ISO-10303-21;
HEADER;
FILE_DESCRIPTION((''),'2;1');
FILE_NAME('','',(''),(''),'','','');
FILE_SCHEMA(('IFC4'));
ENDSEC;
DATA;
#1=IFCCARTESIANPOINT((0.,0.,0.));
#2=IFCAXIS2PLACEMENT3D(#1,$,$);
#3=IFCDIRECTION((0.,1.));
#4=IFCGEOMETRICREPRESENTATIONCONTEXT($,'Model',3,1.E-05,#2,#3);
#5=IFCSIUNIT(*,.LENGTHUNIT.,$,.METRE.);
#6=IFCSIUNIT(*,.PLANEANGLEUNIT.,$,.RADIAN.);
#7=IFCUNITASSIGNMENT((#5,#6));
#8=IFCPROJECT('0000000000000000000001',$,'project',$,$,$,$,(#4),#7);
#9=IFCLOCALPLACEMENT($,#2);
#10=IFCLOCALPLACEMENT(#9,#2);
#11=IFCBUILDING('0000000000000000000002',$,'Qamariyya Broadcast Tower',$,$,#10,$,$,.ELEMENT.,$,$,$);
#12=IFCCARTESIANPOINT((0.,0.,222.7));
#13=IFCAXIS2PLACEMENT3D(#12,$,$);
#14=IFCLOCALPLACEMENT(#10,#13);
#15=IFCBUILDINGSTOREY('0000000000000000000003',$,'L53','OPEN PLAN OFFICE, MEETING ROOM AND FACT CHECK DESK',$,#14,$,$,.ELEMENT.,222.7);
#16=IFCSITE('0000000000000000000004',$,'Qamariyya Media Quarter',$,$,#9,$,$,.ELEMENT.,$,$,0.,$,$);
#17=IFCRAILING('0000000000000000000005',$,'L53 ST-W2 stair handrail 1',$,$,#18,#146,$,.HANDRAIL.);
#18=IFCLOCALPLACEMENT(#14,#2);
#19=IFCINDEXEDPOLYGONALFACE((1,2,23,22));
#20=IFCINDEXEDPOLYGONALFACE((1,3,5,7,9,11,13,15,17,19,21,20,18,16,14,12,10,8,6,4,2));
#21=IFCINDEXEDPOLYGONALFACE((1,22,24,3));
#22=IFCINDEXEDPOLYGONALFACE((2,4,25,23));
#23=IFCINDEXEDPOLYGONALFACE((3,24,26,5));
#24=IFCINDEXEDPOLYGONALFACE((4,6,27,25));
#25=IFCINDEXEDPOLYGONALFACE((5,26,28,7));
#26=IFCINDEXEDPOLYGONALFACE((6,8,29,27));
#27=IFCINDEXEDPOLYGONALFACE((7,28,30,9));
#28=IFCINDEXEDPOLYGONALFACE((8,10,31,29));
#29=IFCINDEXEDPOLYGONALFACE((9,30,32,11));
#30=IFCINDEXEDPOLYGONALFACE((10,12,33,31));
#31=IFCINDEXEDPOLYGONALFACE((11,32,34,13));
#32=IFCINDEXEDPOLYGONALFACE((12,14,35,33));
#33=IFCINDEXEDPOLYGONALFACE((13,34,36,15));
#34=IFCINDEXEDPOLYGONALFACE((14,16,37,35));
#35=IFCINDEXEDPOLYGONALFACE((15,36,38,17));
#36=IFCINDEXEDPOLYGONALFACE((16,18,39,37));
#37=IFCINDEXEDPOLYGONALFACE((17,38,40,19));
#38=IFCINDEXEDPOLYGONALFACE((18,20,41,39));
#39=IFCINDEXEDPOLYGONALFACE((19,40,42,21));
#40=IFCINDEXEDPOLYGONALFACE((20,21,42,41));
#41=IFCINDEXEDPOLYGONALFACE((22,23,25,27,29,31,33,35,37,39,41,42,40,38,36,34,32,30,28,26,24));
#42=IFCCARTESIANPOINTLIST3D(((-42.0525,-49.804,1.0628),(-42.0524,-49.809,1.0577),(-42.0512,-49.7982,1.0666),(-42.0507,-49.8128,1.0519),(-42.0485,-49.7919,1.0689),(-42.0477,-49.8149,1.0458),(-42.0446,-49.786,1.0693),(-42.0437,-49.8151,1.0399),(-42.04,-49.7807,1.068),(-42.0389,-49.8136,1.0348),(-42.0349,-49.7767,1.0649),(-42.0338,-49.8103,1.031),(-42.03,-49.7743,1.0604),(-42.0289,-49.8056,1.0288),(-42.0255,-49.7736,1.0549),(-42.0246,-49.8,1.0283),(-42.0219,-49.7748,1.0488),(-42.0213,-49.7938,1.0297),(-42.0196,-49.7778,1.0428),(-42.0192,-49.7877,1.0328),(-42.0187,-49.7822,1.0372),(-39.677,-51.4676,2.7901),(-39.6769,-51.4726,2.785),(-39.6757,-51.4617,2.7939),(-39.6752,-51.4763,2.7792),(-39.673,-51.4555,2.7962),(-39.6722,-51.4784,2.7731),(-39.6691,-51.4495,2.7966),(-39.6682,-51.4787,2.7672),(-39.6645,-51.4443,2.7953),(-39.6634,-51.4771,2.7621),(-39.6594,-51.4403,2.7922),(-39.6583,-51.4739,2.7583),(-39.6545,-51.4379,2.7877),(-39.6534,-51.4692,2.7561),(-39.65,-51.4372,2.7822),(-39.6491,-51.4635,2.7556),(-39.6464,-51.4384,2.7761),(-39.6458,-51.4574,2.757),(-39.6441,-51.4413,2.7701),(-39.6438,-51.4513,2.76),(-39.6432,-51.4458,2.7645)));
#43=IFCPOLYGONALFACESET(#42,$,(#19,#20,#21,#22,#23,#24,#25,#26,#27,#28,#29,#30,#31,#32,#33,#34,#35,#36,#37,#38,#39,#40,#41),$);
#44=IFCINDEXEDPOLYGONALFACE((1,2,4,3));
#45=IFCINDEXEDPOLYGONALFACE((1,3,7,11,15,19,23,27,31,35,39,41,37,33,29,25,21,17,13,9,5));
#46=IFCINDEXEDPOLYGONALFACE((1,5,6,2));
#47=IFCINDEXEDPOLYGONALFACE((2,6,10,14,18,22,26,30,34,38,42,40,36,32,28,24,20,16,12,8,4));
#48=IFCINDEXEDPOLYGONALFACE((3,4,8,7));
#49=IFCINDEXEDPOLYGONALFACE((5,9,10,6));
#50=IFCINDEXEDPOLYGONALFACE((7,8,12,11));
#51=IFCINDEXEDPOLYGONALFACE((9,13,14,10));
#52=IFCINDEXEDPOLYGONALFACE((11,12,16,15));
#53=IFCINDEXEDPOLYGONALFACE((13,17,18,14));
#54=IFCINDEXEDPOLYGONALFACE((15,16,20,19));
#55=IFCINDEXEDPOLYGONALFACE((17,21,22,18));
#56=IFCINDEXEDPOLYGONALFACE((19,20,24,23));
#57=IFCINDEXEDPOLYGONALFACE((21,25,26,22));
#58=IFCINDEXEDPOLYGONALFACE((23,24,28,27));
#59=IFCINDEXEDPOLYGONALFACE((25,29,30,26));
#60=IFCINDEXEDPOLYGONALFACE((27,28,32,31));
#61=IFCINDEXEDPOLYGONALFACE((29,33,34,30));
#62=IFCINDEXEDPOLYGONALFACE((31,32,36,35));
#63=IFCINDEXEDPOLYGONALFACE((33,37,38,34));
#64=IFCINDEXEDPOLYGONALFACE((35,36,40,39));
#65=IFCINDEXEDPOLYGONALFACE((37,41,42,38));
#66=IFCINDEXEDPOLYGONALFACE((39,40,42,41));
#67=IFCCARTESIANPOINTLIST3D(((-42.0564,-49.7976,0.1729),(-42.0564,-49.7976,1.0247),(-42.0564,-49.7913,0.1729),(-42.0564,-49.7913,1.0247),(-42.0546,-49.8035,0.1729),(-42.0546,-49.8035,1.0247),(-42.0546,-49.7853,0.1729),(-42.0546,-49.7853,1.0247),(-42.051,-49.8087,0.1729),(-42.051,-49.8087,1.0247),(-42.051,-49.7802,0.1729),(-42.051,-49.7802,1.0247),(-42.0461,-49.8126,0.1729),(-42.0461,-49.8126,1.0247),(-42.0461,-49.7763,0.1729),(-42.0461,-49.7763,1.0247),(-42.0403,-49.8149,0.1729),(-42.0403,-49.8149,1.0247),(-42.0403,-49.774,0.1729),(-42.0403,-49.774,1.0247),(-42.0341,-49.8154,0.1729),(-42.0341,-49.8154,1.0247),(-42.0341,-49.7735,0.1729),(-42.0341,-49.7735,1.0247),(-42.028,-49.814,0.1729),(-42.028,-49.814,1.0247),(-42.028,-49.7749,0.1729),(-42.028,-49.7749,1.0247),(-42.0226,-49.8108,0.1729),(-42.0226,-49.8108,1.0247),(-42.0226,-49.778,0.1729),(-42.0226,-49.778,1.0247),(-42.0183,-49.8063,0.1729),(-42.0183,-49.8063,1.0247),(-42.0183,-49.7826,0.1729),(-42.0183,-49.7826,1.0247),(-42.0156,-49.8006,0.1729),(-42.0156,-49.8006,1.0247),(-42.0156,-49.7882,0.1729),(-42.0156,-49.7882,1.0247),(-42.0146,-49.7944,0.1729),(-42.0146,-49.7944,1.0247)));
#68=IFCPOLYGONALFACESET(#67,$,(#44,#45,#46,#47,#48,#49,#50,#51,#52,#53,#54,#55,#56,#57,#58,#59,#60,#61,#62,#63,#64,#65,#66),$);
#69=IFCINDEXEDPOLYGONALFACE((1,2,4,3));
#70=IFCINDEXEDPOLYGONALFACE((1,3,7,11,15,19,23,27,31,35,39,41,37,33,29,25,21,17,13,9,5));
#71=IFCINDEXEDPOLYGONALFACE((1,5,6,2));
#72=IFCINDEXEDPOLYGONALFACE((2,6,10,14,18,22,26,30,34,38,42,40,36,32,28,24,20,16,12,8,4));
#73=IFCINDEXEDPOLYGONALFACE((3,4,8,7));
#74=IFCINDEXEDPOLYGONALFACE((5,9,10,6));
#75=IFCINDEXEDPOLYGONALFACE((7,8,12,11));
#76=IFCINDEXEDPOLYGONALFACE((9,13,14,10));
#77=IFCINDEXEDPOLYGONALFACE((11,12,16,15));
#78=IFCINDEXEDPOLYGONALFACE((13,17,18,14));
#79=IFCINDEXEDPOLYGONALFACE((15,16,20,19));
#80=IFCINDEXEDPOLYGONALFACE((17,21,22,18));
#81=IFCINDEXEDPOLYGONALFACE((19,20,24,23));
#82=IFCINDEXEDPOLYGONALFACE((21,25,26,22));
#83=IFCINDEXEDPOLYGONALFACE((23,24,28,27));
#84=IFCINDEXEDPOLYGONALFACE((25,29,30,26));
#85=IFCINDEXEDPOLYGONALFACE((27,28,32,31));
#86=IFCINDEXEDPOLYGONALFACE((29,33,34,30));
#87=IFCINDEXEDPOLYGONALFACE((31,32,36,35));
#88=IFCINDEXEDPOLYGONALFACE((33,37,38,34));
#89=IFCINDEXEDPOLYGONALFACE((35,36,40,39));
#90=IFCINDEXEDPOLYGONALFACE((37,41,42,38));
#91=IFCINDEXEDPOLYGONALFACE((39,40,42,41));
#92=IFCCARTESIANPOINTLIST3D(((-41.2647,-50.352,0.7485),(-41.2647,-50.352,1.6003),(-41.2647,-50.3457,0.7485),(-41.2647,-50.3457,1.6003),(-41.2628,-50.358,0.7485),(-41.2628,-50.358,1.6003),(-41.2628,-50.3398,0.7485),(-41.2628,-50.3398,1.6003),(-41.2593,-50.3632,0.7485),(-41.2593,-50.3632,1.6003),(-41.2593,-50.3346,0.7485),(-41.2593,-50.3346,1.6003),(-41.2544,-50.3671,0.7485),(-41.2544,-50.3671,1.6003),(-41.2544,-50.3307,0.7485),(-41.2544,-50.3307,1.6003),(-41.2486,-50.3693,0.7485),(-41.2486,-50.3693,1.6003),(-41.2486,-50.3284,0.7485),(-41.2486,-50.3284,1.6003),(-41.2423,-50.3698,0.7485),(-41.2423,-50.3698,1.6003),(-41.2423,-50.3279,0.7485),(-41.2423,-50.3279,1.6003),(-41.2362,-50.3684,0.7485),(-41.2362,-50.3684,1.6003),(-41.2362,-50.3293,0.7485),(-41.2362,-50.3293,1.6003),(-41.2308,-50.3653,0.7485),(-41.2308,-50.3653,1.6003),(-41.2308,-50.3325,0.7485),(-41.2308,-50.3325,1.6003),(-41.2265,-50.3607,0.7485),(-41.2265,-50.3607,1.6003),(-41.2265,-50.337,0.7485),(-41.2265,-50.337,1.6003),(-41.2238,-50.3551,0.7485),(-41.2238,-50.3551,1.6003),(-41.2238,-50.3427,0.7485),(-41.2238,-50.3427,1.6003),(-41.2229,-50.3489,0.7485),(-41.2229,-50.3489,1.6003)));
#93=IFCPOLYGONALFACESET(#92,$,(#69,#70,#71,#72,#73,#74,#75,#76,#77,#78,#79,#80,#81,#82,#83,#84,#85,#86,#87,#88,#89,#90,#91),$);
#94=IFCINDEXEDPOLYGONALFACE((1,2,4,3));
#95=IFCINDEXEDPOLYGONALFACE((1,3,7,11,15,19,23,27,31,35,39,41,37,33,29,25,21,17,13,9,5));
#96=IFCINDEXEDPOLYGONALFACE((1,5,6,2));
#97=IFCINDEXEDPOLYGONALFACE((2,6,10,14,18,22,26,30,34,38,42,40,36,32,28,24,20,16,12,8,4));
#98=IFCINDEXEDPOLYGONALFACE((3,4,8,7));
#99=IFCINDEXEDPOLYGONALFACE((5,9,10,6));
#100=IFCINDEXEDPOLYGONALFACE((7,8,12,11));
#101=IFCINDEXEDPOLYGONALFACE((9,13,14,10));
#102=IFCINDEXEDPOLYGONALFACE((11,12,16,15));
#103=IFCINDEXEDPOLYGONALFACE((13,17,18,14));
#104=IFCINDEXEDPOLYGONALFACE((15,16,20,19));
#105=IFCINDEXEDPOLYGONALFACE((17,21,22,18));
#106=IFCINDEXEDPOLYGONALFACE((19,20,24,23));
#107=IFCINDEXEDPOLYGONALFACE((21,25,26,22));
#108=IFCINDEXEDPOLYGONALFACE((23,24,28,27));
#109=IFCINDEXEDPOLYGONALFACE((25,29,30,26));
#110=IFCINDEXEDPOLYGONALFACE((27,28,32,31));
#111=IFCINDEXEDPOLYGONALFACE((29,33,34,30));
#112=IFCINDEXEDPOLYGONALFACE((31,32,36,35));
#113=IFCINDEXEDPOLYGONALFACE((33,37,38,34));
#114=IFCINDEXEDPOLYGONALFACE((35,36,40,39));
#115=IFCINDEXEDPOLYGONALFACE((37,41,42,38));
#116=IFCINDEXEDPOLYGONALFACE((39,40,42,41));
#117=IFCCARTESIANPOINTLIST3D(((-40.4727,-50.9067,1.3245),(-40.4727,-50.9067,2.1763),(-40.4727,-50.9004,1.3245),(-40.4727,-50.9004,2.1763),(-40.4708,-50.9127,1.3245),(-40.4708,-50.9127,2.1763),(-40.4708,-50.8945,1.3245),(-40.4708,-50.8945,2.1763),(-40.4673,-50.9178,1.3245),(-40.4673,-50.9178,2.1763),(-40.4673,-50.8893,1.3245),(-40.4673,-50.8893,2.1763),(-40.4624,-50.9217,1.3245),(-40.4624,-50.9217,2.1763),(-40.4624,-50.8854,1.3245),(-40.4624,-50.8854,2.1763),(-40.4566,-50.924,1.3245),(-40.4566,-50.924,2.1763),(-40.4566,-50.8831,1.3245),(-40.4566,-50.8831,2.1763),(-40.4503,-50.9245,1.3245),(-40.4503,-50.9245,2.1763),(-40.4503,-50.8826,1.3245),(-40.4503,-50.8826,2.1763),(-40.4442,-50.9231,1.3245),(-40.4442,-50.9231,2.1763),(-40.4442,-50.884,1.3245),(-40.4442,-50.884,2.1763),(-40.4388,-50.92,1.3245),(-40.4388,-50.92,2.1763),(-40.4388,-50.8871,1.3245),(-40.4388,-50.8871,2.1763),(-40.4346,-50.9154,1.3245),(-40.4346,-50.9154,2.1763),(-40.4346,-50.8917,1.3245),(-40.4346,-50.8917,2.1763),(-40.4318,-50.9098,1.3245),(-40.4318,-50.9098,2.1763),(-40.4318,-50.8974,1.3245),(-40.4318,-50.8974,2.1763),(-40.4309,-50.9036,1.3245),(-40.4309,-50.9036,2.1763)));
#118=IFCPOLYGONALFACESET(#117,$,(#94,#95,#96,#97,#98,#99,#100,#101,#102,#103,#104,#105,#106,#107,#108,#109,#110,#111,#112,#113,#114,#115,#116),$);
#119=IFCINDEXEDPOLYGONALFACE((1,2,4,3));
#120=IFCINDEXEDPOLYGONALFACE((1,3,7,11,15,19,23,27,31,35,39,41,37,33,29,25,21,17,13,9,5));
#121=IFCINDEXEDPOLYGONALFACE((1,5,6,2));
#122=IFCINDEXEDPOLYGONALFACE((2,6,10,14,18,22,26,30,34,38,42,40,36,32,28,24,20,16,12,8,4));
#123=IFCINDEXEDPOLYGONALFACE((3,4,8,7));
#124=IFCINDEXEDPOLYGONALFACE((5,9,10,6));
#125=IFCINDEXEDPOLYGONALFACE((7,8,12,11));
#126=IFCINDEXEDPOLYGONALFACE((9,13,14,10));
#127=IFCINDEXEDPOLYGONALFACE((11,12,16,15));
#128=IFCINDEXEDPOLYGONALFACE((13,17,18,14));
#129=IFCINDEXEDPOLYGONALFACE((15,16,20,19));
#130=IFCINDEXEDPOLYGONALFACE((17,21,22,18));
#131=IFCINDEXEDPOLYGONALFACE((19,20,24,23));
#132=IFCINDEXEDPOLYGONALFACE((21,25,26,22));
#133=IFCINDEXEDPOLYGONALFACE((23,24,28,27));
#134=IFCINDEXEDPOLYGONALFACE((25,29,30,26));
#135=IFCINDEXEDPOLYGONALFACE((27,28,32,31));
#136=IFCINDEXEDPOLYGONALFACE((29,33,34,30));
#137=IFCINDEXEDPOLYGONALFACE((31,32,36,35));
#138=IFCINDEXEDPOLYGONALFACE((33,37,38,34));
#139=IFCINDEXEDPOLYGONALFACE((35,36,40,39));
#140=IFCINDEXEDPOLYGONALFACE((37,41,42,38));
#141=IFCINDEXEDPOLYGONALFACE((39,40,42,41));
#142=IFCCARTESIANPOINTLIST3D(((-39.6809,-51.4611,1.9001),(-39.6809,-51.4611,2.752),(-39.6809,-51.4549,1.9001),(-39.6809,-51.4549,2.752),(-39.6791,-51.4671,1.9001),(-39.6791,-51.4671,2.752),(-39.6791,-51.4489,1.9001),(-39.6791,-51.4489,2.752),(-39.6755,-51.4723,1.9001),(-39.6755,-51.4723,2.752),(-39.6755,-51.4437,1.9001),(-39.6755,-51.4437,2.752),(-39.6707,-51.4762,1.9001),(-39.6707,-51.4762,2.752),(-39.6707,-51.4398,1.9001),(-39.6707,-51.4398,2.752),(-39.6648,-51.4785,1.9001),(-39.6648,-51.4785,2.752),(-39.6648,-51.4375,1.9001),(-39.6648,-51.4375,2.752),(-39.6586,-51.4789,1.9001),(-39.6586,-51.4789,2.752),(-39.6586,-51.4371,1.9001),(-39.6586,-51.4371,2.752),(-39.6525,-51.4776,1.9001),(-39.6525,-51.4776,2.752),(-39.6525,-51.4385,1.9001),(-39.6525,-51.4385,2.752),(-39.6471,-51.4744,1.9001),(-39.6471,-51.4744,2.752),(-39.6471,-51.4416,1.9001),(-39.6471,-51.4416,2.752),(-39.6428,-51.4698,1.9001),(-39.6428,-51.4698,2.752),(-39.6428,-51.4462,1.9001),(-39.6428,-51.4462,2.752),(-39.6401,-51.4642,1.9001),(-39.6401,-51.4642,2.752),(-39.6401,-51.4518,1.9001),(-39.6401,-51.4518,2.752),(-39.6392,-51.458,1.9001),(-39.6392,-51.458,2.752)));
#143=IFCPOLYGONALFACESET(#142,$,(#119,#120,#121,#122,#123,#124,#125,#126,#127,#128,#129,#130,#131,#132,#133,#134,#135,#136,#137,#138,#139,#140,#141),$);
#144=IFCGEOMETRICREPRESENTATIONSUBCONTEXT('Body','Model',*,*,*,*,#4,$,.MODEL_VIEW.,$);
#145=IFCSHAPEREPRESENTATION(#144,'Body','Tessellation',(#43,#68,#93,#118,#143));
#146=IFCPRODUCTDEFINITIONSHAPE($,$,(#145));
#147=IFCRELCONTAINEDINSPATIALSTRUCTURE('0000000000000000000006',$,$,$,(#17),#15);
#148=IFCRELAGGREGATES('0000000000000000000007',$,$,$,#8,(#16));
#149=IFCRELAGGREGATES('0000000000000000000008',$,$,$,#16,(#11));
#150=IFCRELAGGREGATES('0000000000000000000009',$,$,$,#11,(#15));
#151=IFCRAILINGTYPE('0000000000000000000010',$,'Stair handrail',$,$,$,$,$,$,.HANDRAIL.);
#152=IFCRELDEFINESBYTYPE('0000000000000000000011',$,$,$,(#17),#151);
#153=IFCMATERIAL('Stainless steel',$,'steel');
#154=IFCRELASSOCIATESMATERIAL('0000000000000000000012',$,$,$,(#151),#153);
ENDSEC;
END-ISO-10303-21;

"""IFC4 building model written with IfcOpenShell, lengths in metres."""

from ifc_helpers import new_model, si_unit, direction, frame, origin, origin_2d, place, context, subcontext, project, spatial, circle, extrude, material, type_object, element, save


model = new_model("IFC4")

# Units and contexts
model_context = context("Model", 3, precision=1e-05, world=origin(), true_north=direction((0.0, 1.0)))
body_context = subcontext(model_context, "Body", "Model", "MODEL_VIEW")
ifc_project = project(units=[si_unit("LENGTHUNIT", "METRE"), si_unit("PLANEANGLEUNIT", "RADIAN")], contexts=[model_context])

# Site, building, storey
site_placement = place(None, origin())
site = spatial("IfcSite", under=ifc_project, at=site_placement, Name="Qamariyya Media Quarter", CompositionType="ELEMENT", RefElevation=0.0)
building_placement = place(site_placement, origin())
building = spatial("IfcBuilding", under=site, at=building_placement, Name="Qamariyya Broadcast Tower", CompositionType="ELEMENT")
storey_placement = place(building_placement, frame((0.0, 0.0, 222.7)))
storey = spatial("IfcBuildingStorey", under=building, at=storey_placement, Name="L53", Description="OPEN PLAN OFFICE, MEETING ROOM AND FACT CHECK DESK", CompositionType="ELEMENT", Elevation=222.7)

# Railing
ifc_material_1 = material(Name="Stainless steel", Category="steel")
railing_type_1 = type_object("IfcRailingType", Name="Stair handrail", PredefinedType="HANDRAIL", material=ifc_material_1)
railing_1_placement = place(storey_placement, frame((-42.0356, -49.7944, 0.1729)))
element("IfcRailing", 1, at=railing_1_placement, inside=storey, type_object=railing_type_1, Name="L53 ST-W2 stair handrail 1", PredefinedType="HANDRAIL", context=body_context, shape_type="SweptSolid", body=[
    extrude(circle(Radius=0.0239, at=origin_2d()), frame((0.0, 0.0, 0.876), z_axis=(0.703745, -0.492838, 0.511716), x_axis=(0.573632, 0.819113, 0.0)), (0.0, 0.0, 1.0), 3.3755),
    extrude(circle(Radius=0.021, at=origin_2d()), origin(), (0.0, 0.0, 1.0), 0.8518),
    extrude(circle(Radius=0.021, at=origin_2d()), frame((0.7917, -0.5544, 0.5757)), (0.0, 0.0, 1.0), 0.8518),
    extrude(circle(Radius=0.021, at=origin_2d()), frame((1.5837, -1.1091, 1.1516)), (0.0, 0.0, 1.0), 0.8518),
    extrude(circle(Radius=0.021, at=origin_2d()), frame((2.3755, -1.6636, 1.7273)), (0.0, 0.0, 1.0), 0.8518),
])

save(model, "model.ifc")
